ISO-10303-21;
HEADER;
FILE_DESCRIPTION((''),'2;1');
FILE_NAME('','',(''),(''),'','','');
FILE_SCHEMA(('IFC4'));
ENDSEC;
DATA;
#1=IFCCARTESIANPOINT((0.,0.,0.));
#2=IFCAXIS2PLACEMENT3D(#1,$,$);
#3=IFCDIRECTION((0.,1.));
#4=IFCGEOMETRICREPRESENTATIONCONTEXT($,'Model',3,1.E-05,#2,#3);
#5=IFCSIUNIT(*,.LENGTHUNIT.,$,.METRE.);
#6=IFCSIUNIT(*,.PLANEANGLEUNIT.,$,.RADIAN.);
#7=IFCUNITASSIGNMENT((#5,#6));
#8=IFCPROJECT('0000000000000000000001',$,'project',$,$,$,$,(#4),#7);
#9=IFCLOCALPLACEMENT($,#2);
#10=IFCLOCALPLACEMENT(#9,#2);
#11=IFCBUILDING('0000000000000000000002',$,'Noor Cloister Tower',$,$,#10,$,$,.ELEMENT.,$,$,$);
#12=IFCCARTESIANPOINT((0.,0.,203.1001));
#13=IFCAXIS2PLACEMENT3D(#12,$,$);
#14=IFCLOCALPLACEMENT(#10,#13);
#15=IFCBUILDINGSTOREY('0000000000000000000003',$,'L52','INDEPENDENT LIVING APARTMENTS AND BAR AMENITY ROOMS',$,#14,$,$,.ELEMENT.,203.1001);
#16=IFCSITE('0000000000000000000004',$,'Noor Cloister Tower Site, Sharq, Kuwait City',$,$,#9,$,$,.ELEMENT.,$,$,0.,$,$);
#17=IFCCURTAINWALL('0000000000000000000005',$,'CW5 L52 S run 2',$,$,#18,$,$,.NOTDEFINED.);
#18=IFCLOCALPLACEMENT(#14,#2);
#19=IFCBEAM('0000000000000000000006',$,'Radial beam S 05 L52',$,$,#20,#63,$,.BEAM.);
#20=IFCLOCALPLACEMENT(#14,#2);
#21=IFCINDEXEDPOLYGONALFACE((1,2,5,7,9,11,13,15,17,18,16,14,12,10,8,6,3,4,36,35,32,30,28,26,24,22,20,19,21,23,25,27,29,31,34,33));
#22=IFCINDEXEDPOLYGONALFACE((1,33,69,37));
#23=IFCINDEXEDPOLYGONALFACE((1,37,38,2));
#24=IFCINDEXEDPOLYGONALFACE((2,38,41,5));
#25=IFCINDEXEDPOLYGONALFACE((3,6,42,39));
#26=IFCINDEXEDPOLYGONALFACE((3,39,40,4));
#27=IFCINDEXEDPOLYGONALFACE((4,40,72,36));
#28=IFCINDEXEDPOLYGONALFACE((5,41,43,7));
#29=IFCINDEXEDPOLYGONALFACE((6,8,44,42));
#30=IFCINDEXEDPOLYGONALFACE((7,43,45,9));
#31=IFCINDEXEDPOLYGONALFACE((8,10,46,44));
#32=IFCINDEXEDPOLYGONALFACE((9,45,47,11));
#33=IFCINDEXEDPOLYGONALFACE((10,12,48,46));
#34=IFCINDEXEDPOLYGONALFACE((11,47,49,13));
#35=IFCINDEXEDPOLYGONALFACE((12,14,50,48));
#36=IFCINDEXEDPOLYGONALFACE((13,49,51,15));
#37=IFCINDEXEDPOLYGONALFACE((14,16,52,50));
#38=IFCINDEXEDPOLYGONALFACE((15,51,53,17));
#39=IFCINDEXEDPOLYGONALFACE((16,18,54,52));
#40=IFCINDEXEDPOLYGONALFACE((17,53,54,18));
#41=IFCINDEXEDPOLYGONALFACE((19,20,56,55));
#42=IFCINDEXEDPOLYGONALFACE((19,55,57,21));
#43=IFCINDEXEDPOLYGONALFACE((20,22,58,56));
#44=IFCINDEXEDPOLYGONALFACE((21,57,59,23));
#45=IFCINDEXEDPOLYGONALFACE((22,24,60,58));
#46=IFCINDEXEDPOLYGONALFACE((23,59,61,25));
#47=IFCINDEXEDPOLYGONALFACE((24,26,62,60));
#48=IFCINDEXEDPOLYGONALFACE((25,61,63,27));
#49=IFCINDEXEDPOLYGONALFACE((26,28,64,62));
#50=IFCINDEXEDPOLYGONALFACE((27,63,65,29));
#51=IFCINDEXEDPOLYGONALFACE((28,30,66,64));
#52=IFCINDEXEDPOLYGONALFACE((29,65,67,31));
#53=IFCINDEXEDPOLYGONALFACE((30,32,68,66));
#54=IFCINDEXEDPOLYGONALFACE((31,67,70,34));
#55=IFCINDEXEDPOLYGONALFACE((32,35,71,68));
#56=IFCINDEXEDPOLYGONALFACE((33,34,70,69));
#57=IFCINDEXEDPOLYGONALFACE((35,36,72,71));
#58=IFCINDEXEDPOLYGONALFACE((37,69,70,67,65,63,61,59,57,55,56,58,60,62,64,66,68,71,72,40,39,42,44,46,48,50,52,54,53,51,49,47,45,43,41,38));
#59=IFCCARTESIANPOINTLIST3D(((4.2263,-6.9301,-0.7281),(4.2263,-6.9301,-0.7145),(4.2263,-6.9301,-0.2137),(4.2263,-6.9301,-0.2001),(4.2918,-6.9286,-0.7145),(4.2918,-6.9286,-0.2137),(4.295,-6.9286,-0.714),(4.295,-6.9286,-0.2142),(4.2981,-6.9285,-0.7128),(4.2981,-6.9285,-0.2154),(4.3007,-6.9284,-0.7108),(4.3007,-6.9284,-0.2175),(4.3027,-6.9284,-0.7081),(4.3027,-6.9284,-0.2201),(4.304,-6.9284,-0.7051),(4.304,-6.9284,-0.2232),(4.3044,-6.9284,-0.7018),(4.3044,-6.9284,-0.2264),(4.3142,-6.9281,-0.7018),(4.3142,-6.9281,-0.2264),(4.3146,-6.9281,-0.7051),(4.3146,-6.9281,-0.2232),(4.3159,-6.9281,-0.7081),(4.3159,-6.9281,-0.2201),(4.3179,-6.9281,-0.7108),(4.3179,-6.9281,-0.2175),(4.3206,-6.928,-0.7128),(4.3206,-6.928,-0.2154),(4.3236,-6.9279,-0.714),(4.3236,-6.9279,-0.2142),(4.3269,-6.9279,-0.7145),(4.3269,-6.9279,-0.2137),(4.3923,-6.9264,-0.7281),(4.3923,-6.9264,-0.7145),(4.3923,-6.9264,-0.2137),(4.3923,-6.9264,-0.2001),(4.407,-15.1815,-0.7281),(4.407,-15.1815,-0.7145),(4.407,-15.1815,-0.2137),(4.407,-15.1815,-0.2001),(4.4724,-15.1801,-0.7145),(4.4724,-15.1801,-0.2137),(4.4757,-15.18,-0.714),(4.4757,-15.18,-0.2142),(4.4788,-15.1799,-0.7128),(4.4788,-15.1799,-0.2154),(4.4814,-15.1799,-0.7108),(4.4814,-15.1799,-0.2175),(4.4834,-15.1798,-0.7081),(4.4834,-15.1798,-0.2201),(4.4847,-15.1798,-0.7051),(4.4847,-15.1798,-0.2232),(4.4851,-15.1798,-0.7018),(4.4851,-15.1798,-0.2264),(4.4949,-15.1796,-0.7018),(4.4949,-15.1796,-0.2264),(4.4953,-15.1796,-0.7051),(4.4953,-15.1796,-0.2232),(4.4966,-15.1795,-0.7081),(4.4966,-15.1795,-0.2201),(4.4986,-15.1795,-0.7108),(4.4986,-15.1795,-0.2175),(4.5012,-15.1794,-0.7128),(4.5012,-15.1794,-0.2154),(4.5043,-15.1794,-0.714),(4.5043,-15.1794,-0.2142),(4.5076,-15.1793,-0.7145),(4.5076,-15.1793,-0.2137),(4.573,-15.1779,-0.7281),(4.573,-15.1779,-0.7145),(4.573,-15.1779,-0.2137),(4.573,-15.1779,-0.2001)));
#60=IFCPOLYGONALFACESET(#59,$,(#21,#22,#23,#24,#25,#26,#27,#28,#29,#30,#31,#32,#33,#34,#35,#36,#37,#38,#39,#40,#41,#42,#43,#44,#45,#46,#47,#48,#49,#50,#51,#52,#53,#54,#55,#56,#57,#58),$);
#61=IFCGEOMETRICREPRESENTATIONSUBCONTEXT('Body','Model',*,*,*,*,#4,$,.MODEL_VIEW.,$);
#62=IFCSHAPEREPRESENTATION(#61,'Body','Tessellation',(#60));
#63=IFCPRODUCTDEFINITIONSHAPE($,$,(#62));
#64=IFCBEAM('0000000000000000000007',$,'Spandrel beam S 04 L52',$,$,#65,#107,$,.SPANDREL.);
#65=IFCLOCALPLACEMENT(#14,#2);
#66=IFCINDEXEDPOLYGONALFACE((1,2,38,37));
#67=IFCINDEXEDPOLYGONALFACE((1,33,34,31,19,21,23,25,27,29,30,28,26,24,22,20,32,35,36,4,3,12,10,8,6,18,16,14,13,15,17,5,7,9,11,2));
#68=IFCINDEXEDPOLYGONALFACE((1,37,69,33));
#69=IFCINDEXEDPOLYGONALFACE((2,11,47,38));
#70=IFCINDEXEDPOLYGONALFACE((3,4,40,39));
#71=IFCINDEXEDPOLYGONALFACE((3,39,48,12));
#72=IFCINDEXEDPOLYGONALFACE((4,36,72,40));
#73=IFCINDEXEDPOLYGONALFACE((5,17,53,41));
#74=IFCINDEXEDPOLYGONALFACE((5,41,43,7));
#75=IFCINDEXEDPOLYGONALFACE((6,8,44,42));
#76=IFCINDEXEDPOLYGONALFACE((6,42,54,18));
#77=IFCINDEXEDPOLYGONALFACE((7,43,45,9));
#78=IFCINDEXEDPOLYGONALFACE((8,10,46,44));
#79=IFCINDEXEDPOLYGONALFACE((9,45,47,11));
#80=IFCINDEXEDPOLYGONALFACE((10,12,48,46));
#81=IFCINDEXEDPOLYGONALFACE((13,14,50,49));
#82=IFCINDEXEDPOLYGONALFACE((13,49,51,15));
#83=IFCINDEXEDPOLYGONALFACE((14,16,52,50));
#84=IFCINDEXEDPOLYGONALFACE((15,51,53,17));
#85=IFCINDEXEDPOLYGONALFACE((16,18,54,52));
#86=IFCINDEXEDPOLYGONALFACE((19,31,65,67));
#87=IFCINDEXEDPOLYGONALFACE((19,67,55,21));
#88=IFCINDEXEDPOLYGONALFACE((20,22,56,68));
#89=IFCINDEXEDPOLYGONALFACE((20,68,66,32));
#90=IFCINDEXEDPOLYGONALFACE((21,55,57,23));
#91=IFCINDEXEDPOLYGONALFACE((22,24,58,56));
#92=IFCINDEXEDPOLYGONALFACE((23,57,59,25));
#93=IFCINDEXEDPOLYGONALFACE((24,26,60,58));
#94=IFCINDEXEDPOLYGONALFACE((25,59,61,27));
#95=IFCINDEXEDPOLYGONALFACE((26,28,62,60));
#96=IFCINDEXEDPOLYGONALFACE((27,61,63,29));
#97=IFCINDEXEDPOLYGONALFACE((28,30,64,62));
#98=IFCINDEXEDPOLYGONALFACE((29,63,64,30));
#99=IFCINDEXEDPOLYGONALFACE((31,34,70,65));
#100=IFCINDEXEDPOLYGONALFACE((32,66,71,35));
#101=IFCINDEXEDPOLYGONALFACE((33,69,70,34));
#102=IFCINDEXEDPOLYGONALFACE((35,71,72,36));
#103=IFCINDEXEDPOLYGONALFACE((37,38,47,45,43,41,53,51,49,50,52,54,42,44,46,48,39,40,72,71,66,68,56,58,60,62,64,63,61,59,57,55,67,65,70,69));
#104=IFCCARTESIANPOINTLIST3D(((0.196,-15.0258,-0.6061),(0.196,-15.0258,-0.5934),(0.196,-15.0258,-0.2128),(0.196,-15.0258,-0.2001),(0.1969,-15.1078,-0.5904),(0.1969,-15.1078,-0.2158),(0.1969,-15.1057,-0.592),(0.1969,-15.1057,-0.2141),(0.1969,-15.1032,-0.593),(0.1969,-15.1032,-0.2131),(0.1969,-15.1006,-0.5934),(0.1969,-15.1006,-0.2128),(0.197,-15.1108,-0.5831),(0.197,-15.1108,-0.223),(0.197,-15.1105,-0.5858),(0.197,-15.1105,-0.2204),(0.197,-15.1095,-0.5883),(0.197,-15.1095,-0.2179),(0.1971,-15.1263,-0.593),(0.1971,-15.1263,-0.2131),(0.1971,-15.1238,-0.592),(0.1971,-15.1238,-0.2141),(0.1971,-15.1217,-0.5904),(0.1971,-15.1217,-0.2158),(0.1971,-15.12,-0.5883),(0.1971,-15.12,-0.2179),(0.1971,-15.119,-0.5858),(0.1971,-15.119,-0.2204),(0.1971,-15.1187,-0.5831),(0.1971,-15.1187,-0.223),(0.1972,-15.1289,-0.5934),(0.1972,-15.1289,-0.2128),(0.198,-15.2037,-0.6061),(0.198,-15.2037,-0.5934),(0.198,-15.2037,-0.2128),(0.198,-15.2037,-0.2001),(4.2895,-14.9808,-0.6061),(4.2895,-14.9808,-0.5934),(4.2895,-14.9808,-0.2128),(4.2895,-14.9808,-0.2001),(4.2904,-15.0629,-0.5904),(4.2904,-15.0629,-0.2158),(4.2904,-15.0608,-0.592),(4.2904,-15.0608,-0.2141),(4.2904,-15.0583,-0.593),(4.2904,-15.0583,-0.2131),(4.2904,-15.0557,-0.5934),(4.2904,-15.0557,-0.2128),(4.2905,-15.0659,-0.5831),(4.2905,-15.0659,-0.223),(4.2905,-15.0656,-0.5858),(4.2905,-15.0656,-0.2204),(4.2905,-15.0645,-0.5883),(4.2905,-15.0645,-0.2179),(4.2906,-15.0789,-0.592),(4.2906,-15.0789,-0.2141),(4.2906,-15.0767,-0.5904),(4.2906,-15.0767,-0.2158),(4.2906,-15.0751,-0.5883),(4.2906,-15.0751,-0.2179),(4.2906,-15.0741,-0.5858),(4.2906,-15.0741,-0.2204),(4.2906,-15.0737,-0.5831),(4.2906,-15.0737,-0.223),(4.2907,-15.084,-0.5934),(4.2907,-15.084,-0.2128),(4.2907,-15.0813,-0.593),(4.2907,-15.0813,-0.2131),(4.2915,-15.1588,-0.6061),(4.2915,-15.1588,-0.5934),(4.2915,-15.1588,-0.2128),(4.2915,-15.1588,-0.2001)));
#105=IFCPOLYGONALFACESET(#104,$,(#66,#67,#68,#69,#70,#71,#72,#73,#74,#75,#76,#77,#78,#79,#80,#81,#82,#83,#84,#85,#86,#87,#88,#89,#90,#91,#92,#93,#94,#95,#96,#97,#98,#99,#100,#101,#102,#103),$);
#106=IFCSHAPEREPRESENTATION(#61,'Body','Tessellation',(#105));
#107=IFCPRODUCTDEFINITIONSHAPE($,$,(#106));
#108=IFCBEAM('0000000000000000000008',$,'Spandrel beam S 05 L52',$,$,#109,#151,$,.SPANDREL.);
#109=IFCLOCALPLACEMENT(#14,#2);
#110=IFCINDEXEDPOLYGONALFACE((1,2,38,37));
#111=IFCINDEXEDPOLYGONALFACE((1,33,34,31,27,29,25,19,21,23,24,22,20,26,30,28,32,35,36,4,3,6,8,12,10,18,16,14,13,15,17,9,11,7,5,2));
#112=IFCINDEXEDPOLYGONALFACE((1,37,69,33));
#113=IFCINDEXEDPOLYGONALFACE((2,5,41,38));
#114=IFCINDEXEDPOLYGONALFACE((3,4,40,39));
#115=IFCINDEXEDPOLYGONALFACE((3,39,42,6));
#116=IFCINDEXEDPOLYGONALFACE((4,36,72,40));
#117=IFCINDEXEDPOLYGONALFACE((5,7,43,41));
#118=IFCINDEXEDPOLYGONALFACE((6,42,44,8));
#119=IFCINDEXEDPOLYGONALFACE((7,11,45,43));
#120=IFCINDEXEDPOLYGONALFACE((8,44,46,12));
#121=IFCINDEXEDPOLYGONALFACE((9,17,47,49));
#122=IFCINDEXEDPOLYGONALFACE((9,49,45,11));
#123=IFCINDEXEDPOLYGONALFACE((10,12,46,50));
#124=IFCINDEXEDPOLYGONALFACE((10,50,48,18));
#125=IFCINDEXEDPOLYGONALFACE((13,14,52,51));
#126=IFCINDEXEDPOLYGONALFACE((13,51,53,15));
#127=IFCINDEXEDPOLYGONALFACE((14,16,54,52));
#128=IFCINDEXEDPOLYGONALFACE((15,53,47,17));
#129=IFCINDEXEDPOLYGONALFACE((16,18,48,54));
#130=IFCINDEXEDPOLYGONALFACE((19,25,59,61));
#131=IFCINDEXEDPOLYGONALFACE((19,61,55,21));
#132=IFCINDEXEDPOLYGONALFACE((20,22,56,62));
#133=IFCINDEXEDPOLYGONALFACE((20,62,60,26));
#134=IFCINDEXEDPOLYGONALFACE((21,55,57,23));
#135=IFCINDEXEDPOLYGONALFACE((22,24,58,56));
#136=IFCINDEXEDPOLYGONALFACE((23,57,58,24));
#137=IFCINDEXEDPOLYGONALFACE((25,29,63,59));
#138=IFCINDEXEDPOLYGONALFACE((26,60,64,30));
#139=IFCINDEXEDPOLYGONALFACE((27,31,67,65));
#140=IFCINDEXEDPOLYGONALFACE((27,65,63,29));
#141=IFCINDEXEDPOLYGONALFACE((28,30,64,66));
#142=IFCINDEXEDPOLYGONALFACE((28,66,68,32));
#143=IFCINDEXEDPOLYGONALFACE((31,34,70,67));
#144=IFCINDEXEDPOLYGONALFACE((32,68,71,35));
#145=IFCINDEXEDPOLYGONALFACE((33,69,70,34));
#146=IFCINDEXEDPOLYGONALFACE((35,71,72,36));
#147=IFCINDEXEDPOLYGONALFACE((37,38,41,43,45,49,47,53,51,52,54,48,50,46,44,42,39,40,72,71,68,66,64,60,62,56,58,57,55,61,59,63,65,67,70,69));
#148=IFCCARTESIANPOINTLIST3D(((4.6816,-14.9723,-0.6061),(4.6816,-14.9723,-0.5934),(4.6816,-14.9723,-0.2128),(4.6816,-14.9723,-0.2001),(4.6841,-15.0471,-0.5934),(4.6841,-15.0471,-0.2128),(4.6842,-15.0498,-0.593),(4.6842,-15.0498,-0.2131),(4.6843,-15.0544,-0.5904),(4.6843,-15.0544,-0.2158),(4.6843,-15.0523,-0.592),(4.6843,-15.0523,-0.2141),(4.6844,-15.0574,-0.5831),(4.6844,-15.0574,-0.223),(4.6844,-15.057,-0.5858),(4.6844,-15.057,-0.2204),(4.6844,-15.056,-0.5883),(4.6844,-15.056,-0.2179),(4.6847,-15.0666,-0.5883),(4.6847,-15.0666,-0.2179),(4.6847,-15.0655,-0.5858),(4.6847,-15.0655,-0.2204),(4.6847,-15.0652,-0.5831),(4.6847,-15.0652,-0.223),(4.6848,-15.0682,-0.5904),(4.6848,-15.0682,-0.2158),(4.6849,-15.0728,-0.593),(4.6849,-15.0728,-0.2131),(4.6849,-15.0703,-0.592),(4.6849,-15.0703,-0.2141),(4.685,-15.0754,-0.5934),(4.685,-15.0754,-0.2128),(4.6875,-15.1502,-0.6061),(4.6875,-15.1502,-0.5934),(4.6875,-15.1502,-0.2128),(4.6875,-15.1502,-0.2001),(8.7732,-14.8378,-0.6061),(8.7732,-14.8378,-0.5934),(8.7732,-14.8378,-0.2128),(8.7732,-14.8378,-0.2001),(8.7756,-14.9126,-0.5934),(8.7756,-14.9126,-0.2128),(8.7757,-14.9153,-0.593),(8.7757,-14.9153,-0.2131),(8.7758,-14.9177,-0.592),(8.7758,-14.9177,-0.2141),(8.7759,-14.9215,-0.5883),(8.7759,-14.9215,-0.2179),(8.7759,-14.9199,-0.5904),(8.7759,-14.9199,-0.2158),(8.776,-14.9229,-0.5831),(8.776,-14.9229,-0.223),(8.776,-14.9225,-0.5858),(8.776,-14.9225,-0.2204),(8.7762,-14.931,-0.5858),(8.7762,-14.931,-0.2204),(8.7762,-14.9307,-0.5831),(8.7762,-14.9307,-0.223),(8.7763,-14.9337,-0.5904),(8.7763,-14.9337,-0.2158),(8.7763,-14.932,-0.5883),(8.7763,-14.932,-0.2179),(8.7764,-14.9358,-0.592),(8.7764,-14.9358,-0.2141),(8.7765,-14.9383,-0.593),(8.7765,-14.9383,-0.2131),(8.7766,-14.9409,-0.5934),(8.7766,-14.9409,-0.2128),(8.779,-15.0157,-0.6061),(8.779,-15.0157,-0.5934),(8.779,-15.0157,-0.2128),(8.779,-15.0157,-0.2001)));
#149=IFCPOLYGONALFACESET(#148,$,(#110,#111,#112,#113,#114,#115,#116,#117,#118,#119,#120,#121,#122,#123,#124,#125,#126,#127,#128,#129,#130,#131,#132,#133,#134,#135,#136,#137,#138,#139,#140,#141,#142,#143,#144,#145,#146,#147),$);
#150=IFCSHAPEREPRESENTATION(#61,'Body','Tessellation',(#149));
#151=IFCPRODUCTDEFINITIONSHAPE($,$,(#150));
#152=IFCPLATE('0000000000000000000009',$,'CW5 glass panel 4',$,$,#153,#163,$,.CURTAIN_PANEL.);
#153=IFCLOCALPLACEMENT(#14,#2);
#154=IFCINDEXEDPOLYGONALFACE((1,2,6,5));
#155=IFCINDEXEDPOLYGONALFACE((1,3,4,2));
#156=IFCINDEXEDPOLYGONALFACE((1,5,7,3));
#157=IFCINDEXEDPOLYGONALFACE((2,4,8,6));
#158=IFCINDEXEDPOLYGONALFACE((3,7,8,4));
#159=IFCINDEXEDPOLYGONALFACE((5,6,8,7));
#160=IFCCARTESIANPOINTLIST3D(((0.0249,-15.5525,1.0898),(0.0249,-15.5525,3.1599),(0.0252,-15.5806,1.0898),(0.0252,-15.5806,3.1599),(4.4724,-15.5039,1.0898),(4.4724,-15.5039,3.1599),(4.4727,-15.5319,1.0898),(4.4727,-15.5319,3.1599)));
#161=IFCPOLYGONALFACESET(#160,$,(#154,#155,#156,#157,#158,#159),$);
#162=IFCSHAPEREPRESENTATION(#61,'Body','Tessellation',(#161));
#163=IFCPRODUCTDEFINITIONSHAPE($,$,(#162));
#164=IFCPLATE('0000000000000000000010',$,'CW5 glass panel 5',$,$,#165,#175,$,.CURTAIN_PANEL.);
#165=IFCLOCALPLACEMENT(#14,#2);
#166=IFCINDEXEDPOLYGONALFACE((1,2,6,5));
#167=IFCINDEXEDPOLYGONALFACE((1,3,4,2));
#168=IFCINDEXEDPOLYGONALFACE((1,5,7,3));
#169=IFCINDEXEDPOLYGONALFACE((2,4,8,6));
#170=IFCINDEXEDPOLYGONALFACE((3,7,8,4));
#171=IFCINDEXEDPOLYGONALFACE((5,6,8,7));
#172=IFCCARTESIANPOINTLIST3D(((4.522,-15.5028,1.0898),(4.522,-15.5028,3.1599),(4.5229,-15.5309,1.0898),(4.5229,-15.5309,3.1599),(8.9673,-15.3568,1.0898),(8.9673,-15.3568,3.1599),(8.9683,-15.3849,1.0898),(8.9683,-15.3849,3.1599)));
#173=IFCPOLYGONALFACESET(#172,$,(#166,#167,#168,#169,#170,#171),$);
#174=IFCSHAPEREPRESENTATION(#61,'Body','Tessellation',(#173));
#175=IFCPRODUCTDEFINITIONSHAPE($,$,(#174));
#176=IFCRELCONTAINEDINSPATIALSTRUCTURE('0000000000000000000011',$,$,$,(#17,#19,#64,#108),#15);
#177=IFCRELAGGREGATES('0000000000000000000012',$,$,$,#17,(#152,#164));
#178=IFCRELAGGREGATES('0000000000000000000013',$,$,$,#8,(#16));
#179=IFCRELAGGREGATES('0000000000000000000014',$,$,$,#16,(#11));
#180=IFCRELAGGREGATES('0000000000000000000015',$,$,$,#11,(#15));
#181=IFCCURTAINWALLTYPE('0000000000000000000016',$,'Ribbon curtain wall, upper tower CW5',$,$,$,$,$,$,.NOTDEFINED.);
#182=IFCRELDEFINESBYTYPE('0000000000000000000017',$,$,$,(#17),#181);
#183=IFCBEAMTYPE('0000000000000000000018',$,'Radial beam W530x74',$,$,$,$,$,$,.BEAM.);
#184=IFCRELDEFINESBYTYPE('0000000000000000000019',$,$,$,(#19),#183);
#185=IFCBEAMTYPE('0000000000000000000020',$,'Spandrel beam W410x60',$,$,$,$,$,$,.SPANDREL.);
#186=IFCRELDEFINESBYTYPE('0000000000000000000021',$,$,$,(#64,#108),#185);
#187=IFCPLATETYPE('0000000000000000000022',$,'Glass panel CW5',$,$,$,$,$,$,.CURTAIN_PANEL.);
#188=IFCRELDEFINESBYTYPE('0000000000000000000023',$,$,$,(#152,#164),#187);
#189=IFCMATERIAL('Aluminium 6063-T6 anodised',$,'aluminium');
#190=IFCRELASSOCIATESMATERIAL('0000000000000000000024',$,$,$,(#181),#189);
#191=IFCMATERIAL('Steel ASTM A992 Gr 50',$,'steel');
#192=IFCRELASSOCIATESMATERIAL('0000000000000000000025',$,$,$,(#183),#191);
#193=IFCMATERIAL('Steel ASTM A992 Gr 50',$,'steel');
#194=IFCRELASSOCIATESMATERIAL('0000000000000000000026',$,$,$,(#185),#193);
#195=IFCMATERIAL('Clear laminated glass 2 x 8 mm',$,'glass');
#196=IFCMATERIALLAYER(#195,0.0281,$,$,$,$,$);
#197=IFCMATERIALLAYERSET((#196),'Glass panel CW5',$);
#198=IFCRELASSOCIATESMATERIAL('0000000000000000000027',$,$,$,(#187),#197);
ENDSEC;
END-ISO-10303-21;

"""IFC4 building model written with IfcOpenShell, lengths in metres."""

from ifc_helpers import new_model, si_unit, direction, frame, origin, origin_2d, place, context, subcontext, project, spatial, rectangle, i_section, extrude, material, layer, layer_set, material_profile, profile_set, type_object, element, aggregate, save


model = new_model("IFC4")

# Units and contexts
model_context = context("Model", 3, precision=1e-05, world=origin(), true_north=direction((0.0, 1.0)))
body_context = subcontext(model_context, "Body", "Model", "MODEL_VIEW")
ifc_project = project(units=[si_unit("LENGTHUNIT", "METRE"), si_unit("PLANEANGLEUNIT", "RADIAN")], contexts=[model_context])

# Site, building, storey
site_placement = place(None, origin())
site = spatial("IfcSite", under=ifc_project, at=site_placement, Name="Noor Cloister Tower Site, Sharq, Kuwait City", CompositionType="ELEMENT", RefElevation=0.0)
building_placement = place(site_placement, origin())
building = spatial("IfcBuilding", under=site, at=building_placement, Name="Noor Cloister Tower", CompositionType="ELEMENT")
storey_placement = place(building_placement, frame((0.0, 0.0, 203.1001)))
storey = spatial("IfcBuildingStorey", under=building, at=storey_placement, Name="L52", Description="INDEPENDENT LIVING APARTMENTS AND BAR AMENITY ROOMS", CompositionType="ELEMENT", Elevation=203.1001)

# Curtain wall
ifc_material_1 = material(Name="Aluminium 6063-T6 anodised", Category="aluminium")
curtain_wall_type = type_object("IfcCurtainWallType", Name="Ribbon curtain wall, upper tower CW5", PredefinedType="NOTDEFINED", material=ifc_material_1)
curtain_wall_placement = place(storey_placement, origin())
curtain_wall = element("IfcCurtainWall", 1, at=curtain_wall_placement, inside=storey, type_object=curtain_wall_type, Name="CW5 L52 S run 2", PredefinedType="NOTDEFINED")

# Beams
ifc_material_2 = material(Name="Steel ASTM A992 Gr 50", Category="steel")
ifc_material_profile_1 = material_profile(ifc_material_2, i_section(OverallWidth=0.166, OverallDepth=0.5281, WebThickness=0.0098, FlangeThickness=0.0137, FilletRadius=0.0127, at=origin_2d()), Name="W530x74")
ifc_profile_set_1 = profile_set([ifc_material_profile_1], Name="Steel ASTM A992 Gr 50")
beam_type_1 = type_object("IfcBeamType", Name="Radial beam W530x74", PredefinedType="BEAM", material=ifc_profile_set_1)
beam_1_placement = place(storey_placement, frame((4.49, -15.1797, -0.4641), z_axis=(-0.02189, 0.99976, 0.0), x_axis=(-0.99976, -0.02189, 0.0)))
element("IfcBeam", 2, at=beam_1_placement, inside=storey, type_object=beam_type_1, Name="Radial beam S 05 L52", PredefinedType="BEAM", context=body_context, shape_type="SweptSolid", body=[
    extrude(i_section(OverallWidth=0.166, OverallDepth=0.5281, WebThickness=0.0098, FlangeThickness=0.0137, FilletRadius=0.0127, at=origin_2d()), origin(), (0.0, 0.0, 1.0), 8.2534),
])
ifc_material_3 = material(Name="Steel ASTM A992 Gr 50", Category="steel")
ifc_material_profile_2 = material_profile(ifc_material_3, i_section(OverallWidth=0.178, OverallDepth=0.406, WebThickness=0.0078, FlangeThickness=0.0127, FilletRadius=0.0103, at=origin_2d()), Name="W410x60")
ifc_profile_set_2 = profile_set([ifc_material_profile_2], Name="Steel ASTM A992 Gr 50")
beam_type_2 = type_object("IfcBeamType", Name="Spandrel beam W410x60", PredefinedType="SPANDREL", material=ifc_profile_set_2)
for number, where, z_axis, x_axis, name in (
    (3, (0.197, -15.1147, -0.4031), (0.99994, 0.010973, 0.0), (-0.010973, 0.99994, 0.0), "Spandrel beam S 04 L52"),
    (4, (4.6846, -15.0613, -0.4031), (0.99946, 0.03286, 0.0), (-0.03286, 0.99946, 0.0), "Spandrel beam S 05 L52"),
):
    element("IfcBeam", number, at=place(storey_placement, frame(where, z_axis=z_axis, x_axis=x_axis)), inside=storey, type_object=beam_type_2, Name=name, PredefinedType="SPANDREL", context=body_context, shape_type="SweptSolid", body=[
        extrude(i_section(OverallWidth=0.178, OverallDepth=0.406, WebThickness=0.0078, FlangeThickness=0.0127, FilletRadius=0.0103, at=origin_2d()), origin(), (0.0, 0.0, 1.0), 4.0938),
    ])

# Plates
ifc_material_4 = material(Name="Clear laminated glass 2 x 8 mm", Category="glass")
ifc_layer_1 = layer(ifc_material_4, 0.0281)
ifc_layer_set_1 = layer_set([ifc_layer_1], Name="Glass panel CW5")
plate_type = type_object("IfcPlateType", Name="Glass panel CW5", PredefinedType="CURTAIN_PANEL", material=ifc_layer_set_1)
plate_1_placement = place(storey_placement, frame((2.2488, -15.5422, 1.0898), z_axis=(0.0, 0.0, 1.0), x_axis=(0.99994, 0.010946, 0.0)))
plate_1 = element("IfcPlate", 5, at=plate_1_placement, type_object=plate_type, Name="CW5 glass panel 4", PredefinedType="CURTAIN_PANEL", context=body_context, shape_type="SweptSolid", body=[
    extrude(rectangle(XDim=4.4478, YDim=0.0281, at=origin_2d()), origin(), (0.0, 0.0, 1.0), 2.0701),
])
plate_2_placement = place(storey_placement, frame((6.7451, -15.4438, 1.0898), z_axis=(0.0, 0.0, 1.0), x_axis=(0.999461, 0.032831, 0.0)))
plate_2 = element("IfcPlate", 6, at=plate_2_placement, type_object=plate_type, Name="CW5 glass panel 5", PredefinedType="CURTAIN_PANEL", context=body_context, shape_type="SweptSolid", body=[
    extrude(rectangle(XDim=4.4478, YDim=0.0281, at=origin_2d()), origin(), (0.0, 0.0, 1.0), 2.0701),
])
aggregate(curtain_wall, [plate_1, plate_2])

save(model, "model.ifc")
